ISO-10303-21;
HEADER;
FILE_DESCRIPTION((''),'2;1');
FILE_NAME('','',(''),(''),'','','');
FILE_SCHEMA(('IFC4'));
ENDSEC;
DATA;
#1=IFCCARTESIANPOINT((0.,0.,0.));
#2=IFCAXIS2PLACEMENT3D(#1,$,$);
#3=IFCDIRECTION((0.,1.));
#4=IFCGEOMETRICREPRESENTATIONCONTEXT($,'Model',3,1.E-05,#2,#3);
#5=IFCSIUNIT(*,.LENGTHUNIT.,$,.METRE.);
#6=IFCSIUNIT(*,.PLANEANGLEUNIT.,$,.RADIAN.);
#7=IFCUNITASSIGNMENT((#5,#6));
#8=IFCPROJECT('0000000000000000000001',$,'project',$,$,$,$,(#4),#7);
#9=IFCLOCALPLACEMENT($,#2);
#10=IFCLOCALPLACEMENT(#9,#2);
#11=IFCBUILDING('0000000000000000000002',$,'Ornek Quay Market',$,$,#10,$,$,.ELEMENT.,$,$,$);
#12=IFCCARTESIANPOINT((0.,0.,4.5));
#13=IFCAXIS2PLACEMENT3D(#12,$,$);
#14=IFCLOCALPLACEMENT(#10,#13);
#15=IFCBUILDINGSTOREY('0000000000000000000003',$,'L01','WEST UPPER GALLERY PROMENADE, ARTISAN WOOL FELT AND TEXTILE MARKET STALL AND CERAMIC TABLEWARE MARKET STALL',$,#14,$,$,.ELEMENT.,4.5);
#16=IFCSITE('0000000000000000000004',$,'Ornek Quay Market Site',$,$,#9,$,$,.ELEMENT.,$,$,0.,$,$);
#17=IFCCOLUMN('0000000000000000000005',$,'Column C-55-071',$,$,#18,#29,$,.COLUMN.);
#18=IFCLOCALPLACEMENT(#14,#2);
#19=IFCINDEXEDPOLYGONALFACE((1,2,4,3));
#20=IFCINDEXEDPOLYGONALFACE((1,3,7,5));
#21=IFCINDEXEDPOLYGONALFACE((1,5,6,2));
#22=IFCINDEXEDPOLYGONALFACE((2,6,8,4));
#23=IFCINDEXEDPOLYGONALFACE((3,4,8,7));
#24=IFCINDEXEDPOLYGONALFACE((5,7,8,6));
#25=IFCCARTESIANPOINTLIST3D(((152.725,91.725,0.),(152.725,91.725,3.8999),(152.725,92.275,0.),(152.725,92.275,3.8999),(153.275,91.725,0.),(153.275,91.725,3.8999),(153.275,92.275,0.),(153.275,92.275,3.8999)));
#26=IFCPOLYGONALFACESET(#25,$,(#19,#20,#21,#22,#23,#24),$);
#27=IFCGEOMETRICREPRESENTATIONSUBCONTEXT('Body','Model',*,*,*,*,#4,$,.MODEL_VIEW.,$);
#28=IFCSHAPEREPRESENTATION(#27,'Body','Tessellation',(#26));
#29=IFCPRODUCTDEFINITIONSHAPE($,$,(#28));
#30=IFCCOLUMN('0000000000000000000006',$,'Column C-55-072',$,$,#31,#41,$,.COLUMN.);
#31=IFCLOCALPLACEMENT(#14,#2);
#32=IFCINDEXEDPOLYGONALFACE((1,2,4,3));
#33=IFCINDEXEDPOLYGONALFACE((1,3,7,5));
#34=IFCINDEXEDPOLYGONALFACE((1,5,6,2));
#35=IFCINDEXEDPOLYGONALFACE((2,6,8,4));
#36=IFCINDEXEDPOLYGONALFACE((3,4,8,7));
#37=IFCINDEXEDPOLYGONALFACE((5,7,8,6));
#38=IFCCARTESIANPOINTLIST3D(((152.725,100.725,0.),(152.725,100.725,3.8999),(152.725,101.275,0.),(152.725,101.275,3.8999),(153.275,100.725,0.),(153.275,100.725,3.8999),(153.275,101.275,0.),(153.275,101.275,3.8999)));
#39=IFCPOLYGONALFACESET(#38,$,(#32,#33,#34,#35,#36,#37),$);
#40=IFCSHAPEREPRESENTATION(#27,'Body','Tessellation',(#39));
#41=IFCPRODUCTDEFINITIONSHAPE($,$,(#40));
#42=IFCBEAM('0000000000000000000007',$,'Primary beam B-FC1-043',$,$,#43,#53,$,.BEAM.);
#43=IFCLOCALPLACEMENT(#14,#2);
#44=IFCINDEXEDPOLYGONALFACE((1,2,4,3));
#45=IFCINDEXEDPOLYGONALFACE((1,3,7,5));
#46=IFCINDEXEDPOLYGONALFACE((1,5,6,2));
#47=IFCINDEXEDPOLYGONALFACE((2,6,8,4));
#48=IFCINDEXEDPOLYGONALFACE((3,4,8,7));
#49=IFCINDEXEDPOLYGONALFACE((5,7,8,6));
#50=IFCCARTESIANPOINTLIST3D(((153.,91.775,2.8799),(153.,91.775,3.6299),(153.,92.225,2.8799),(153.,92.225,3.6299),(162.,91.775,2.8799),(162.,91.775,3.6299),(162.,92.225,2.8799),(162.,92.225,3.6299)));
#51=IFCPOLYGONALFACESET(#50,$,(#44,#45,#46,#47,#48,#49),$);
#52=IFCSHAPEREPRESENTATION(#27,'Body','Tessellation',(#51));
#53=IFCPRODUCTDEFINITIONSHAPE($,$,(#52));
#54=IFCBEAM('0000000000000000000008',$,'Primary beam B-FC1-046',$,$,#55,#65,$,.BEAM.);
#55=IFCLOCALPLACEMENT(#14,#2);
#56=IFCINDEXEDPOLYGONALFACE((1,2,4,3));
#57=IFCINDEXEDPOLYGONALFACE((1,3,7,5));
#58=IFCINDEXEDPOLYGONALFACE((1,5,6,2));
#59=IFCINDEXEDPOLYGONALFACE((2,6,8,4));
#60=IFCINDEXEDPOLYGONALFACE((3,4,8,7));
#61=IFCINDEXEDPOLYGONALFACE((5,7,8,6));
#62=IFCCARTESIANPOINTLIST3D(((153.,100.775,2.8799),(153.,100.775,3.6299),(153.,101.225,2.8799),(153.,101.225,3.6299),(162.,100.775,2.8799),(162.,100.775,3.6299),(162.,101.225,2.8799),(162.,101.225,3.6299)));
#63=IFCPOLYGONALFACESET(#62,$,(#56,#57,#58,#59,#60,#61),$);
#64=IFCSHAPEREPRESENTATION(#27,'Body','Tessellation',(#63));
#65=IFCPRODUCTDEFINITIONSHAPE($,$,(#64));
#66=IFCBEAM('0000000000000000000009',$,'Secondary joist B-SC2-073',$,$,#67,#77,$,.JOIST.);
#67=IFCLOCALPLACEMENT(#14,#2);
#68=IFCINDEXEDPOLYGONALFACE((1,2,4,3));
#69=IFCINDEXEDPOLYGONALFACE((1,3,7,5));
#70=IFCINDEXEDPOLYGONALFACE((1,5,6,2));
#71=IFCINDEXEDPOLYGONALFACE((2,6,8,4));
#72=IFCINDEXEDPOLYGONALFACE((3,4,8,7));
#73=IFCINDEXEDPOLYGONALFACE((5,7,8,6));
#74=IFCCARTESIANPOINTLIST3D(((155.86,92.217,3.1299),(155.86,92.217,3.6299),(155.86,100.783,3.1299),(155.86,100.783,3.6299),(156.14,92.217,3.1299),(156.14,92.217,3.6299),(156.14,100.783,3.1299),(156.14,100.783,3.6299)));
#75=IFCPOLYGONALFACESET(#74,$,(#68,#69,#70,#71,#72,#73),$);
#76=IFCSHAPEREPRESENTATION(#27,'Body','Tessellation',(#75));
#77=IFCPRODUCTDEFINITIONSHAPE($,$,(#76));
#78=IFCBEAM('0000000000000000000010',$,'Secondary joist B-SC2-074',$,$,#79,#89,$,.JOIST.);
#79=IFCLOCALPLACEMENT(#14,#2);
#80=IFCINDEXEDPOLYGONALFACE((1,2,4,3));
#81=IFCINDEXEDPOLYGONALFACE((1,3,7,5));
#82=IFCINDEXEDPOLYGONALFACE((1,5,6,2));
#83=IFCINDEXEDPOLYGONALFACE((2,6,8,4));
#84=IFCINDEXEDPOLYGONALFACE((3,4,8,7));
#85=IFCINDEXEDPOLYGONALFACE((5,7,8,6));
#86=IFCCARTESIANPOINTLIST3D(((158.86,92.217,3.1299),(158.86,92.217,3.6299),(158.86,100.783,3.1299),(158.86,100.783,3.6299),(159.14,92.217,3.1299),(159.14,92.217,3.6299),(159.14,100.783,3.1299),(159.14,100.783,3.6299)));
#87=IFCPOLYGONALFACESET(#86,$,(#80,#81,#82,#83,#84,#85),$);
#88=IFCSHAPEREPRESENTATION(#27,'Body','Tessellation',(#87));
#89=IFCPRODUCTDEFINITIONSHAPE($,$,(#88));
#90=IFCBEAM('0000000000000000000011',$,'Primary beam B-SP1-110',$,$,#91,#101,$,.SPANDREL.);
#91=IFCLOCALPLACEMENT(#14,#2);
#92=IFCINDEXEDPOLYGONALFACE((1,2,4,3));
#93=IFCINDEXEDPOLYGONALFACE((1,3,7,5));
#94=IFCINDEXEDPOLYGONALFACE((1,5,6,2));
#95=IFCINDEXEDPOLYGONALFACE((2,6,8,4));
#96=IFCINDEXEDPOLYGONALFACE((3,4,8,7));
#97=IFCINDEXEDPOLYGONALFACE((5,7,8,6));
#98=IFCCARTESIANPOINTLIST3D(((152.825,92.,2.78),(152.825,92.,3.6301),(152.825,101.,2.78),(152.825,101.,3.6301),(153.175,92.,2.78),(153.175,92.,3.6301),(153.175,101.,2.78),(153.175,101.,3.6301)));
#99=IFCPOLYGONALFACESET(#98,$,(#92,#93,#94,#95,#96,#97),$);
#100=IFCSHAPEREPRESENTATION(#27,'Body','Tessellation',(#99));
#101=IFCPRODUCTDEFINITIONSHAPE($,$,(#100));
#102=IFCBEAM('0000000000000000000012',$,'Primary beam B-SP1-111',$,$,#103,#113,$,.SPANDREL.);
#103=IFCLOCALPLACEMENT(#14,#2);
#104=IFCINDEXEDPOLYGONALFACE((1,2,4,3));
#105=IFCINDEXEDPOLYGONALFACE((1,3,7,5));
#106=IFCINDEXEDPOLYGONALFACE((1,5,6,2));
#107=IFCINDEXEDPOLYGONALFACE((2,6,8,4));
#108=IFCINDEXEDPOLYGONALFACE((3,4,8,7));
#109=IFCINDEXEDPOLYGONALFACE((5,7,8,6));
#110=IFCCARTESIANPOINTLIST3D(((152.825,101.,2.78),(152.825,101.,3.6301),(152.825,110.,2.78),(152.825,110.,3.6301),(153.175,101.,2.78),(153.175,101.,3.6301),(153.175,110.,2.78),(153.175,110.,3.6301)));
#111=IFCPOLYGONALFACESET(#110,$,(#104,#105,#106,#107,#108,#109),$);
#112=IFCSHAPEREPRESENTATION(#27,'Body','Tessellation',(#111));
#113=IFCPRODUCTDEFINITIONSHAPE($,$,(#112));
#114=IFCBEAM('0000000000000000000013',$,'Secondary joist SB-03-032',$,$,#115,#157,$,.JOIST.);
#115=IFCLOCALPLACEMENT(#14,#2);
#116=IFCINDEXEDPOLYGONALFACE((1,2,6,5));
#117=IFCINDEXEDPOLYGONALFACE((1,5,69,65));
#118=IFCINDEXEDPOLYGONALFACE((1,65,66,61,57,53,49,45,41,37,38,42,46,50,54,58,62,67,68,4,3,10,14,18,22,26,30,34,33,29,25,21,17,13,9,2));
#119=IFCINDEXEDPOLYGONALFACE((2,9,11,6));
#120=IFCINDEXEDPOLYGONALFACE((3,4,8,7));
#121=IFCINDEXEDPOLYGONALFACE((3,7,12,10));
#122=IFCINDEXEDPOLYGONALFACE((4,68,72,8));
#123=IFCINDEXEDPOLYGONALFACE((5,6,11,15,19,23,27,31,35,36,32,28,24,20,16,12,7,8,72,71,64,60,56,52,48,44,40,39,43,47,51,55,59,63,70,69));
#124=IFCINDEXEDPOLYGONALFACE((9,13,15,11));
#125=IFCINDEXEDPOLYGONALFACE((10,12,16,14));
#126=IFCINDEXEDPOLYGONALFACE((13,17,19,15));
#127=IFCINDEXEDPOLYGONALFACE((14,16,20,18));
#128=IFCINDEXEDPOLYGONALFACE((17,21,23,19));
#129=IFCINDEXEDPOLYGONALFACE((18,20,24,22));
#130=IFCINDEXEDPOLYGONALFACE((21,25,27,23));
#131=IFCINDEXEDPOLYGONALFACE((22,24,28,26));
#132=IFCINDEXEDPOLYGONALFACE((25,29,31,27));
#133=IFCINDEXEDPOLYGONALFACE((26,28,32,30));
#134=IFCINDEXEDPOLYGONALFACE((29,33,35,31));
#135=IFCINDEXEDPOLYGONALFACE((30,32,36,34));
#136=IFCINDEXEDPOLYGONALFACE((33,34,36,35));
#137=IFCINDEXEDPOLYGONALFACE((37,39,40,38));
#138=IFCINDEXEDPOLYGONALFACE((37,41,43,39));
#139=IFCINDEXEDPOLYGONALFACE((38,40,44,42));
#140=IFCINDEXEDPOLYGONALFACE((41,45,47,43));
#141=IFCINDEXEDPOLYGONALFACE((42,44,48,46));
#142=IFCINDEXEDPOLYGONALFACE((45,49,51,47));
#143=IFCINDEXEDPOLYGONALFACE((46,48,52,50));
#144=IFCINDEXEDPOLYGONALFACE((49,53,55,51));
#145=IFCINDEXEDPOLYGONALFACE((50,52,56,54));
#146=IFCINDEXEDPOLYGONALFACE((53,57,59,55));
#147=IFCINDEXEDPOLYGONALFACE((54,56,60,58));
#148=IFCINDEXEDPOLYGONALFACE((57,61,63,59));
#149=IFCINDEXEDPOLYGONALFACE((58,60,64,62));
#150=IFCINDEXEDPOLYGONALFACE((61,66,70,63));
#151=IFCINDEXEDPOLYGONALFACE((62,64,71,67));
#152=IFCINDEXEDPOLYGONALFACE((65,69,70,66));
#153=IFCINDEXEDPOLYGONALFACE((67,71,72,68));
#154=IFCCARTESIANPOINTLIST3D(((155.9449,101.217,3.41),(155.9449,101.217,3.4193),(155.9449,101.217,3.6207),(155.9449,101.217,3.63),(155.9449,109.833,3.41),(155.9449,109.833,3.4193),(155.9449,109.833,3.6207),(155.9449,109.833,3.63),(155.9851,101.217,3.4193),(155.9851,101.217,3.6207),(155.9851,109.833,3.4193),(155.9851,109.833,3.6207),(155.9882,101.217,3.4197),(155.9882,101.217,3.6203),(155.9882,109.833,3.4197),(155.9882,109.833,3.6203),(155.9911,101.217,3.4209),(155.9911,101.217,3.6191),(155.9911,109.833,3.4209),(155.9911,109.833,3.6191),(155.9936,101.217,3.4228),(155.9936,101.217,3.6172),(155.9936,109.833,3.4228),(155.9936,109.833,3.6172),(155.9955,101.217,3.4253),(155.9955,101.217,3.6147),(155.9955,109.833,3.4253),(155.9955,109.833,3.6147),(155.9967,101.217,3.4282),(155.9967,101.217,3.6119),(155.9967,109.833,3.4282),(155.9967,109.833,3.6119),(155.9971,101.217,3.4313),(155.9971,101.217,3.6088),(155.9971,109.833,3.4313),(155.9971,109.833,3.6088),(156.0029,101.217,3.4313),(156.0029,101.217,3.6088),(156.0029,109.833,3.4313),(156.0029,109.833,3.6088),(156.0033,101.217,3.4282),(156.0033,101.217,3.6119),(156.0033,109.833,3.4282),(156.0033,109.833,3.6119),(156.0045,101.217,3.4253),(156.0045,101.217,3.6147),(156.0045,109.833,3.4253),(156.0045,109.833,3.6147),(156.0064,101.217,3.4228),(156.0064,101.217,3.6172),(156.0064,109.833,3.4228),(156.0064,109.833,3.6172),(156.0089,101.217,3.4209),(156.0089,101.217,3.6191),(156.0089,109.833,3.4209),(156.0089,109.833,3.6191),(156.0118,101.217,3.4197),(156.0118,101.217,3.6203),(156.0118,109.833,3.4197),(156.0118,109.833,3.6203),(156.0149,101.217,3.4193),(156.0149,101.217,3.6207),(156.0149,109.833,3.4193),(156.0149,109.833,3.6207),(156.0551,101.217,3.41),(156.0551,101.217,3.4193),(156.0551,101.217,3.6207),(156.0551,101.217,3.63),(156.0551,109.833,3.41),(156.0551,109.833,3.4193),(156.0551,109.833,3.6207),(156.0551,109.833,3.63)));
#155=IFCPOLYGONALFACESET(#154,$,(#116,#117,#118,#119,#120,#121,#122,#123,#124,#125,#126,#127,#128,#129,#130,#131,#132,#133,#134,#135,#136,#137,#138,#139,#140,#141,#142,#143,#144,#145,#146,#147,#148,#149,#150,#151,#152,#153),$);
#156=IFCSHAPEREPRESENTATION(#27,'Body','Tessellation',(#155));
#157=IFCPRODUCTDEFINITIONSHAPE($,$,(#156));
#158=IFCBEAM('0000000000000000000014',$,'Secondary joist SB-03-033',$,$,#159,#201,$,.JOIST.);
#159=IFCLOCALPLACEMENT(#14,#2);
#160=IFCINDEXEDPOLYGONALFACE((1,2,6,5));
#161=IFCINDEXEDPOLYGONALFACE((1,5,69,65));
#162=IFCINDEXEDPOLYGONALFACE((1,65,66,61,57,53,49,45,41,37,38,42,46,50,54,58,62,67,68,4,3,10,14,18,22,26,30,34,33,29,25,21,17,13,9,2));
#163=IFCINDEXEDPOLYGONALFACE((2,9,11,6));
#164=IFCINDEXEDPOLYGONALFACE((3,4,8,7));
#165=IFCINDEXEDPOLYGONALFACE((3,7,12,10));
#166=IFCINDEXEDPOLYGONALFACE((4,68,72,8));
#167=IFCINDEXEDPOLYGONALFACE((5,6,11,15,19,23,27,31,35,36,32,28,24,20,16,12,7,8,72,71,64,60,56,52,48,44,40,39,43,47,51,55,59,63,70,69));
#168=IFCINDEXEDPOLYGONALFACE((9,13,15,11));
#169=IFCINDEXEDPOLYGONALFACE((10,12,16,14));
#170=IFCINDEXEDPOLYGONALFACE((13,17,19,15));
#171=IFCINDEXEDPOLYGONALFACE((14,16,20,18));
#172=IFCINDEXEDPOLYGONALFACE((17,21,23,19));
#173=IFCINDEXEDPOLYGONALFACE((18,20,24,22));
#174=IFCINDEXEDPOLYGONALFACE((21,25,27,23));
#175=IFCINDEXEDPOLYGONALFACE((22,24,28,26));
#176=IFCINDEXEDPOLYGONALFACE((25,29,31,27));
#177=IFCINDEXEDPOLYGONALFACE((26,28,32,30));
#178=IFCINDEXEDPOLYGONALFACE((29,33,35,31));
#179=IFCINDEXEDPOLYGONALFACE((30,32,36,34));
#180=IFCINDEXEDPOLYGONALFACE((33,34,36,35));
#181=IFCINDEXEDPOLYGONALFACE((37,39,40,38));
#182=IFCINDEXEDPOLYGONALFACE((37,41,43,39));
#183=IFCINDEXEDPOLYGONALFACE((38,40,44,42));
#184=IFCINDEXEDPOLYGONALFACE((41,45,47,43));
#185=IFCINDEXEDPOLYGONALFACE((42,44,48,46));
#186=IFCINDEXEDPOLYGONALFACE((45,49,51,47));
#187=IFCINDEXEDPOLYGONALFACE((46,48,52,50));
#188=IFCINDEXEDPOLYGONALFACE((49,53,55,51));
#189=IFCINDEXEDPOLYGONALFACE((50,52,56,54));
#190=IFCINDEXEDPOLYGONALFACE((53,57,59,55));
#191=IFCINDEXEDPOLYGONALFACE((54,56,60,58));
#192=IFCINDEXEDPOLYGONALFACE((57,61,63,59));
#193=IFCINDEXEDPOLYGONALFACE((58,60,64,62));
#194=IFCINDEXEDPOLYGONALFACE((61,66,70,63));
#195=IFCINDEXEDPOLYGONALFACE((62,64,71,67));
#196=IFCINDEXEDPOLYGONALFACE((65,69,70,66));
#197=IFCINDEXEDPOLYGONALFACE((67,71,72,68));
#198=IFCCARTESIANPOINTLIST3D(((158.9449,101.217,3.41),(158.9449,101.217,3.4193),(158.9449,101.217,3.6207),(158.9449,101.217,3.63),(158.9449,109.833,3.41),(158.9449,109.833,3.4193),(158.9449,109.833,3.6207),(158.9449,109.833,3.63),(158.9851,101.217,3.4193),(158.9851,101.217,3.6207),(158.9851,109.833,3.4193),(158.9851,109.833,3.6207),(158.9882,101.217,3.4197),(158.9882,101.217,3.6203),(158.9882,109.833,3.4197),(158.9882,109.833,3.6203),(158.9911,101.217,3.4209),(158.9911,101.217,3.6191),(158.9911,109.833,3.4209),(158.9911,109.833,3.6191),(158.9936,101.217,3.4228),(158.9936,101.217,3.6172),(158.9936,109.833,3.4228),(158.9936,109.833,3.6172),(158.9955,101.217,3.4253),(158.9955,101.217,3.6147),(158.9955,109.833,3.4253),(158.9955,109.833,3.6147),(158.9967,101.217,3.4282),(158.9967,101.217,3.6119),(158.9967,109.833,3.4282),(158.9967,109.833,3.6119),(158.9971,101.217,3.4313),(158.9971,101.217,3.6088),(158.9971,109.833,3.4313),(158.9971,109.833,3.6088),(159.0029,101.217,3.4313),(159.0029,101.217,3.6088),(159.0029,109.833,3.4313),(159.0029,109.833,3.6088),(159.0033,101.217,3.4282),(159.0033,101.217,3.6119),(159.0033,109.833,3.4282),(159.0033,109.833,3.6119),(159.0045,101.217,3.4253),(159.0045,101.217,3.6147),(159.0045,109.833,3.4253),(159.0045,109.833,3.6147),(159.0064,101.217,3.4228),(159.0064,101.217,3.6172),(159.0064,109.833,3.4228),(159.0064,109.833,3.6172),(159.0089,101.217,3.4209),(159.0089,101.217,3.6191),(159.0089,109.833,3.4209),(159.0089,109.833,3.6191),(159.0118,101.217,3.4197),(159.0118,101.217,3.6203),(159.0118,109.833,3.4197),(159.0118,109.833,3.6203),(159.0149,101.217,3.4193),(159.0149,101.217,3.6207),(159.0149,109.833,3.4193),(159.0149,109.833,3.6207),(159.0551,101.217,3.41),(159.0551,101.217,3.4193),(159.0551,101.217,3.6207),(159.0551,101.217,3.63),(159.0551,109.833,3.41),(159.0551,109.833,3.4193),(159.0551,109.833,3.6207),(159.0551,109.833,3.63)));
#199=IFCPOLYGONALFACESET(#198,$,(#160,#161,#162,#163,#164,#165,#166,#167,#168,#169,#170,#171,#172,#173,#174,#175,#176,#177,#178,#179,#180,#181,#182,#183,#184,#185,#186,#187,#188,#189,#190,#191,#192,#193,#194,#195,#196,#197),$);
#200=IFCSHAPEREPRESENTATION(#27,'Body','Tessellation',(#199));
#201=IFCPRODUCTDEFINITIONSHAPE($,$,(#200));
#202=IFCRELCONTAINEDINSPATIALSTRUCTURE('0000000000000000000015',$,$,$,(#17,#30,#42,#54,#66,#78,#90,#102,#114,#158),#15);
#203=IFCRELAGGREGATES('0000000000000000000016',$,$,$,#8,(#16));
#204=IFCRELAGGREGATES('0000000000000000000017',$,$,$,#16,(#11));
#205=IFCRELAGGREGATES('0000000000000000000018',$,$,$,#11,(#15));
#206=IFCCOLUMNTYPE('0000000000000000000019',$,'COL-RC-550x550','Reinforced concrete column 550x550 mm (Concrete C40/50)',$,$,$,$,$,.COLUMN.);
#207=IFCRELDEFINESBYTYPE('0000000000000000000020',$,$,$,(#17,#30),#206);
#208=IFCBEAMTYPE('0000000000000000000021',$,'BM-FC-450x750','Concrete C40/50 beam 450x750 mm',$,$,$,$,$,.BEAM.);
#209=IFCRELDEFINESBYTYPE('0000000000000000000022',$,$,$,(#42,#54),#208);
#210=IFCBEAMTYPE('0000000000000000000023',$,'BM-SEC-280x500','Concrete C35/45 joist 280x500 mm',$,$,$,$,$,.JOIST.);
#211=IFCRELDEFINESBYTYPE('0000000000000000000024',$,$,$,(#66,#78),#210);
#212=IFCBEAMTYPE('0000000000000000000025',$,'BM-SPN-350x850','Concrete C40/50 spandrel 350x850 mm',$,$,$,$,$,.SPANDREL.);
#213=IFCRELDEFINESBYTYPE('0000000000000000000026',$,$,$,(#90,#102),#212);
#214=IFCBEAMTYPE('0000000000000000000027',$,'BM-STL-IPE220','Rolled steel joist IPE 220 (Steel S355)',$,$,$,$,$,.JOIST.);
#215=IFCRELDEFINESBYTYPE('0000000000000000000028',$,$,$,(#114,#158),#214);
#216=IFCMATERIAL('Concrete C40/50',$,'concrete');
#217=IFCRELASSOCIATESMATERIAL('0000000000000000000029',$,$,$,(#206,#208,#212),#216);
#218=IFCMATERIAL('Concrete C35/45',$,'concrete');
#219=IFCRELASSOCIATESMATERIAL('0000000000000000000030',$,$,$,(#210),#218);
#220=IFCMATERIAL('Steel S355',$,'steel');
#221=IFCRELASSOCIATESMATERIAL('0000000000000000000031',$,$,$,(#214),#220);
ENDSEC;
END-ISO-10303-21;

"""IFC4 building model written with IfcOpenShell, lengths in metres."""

from ifc_helpers import new_model, si_unit, direction, frame, origin, origin_2d, place, context, subcontext, project, spatial, rectangle, i_section, extrude, material, material_profile, profile_set, type_object, element, save


model = new_model("IFC4")

# Units and contexts
model_context = context("Model", 3, precision=1e-05, world=origin(), true_north=direction((0.0, 1.0)))
body_context = subcontext(model_context, "Body", "Model", "MODEL_VIEW")
ifc_project = project(units=[si_unit("LENGTHUNIT", "METRE"), si_unit("PLANEANGLEUNIT", "RADIAN")], contexts=[model_context])

# Site, building, storey
site_placement = place(None, origin())
site = spatial("IfcSite", under=ifc_project, at=site_placement, Name="Ornek Quay Market Site", CompositionType="ELEMENT", RefElevation=0.0)
building_placement = place(site_placement, origin())
building = spatial("IfcBuilding", under=site, at=building_placement, Name="Ornek Quay Market", CompositionType="ELEMENT")
storey_placement = place(building_placement, frame((0.0, 0.0, 4.5)))
storey = spatial("IfcBuildingStorey", under=building, at=storey_placement, Name="L01", Description="WEST UPPER GALLERY PROMENADE, ARTISAN WOOL FELT AND TEXTILE MARKET STALL AND CERAMIC TABLEWARE MARKET STALL", CompositionType="ELEMENT", Elevation=4.5)

# Columns
ifc_material_1 = material(Name="Concrete C40/50", Category="concrete")
ifc_material_profile_1 = material_profile(ifc_material_1, rectangle(XDim=0.55, YDim=0.55, at=origin_2d()), Name="RC 550x550", Category="concrete")
ifc_profile_set_1 = profile_set([ifc_material_profile_1], Name="Concrete C40/50")
column_type = type_object("IfcColumnType", Name="COL-RC-550x550", Description="Reinforced concrete column 550x550 mm (Concrete C40/50)", PredefinedType="COLUMN", material=ifc_profile_set_1)
for number, where, z_axis, x_axis, name in (
    (1, (153.0, 92.0, 0.0), (0.0, 0.0, 1.0), (1.0, 0.0, 0.0), "Column C-55-071"),
    (2, (153.0, 101.0, 0.0), (0.0, 0.0, 1.0), (1.0, 0.0, 0.0), "Column C-55-072"),
):
    element("IfcColumn", number, at=place(storey_placement, frame(where, z_axis=z_axis, x_axis=x_axis)), inside=storey, type_object=column_type, Name=name, PredefinedType="COLUMN", context=body_context, shape_type="SweptSolid", body=[
        extrude(rectangle(XDim=0.55, YDim=0.55, at=origin_2d()), origin(), (0.0, 0.0, 1.0), 3.8999),
    ])

# Beams
ifc_material_profile_2 = material_profile(ifc_material_1, rectangle(XDim=0.45, YDim=0.75, at=origin_2d()), Name="RC 450x750", Category="concrete")
ifc_profile_set_2 = profile_set([ifc_material_profile_2], Name="Concrete C40/50")
beam_type_1 = type_object("IfcBeamType", Name="BM-FC-450x750", Description="Concrete C40/50 beam 450x750 mm", PredefinedType="BEAM", material=ifc_profile_set_2)
for number, where, z_axis, x_axis, name in (
    (3, (153.0, 92.0, 3.2549), (1.0, 0.0, 0.0), (0.0, 1.0, 0.0), "Primary beam B-FC1-043"),
    (4, (153.0, 101.0, 3.2549), (1.0, 0.0, 0.0), (0.0, 1.0, 0.0), "Primary beam B-FC1-046"),
):
    element("IfcBeam", number, at=place(storey_placement, frame(where, z_axis=z_axis, x_axis=x_axis)), inside=storey, type_object=beam_type_1, Name=name, PredefinedType="BEAM", context=body_context, shape_type="SweptSolid", body=[
        extrude(rectangle(XDim=0.45, YDim=0.75, at=origin_2d()), origin(), (0.0, 0.0, 1.0), 9.0),
    ])
ifc_material_2 = material(Name="Concrete C35/45", Category="concrete")
ifc_material_profile_3 = material_profile(ifc_material_2, rectangle(XDim=0.28, YDim=0.5, at=origin_2d()), Name="RC 280x500", Category="concrete")
ifc_profile_set_3 = profile_set([ifc_material_profile_3], Name="Concrete C35/45")
beam_type_2 = type_object("IfcBeamType", Name="BM-SEC-280x500", Description="Concrete C35/45 joist 280x500 mm", PredefinedType="JOIST", material=ifc_profile_set_3)
for number, where, z_axis, x_axis, name in (
    (5, (156.0, 92.217, 3.3799), (0.0, 1.0, 0.0), (-1.0, 0.0, 0.0), "Secondary joist B-SC2-073"),
    (6, (159.0, 92.217, 3.3799), (0.0, 1.0, 0.0), (-1.0, 0.0, 0.0), "Secondary joist B-SC2-074"),
):
    element("IfcBeam", number, at=place(storey_placement, frame(where, z_axis=z_axis, x_axis=x_axis)), inside=storey, type_object=beam_type_2, Name=name, PredefinedType="JOIST", context=body_context, shape_type="SweptSolid", body=[
        extrude(rectangle(XDim=0.28, YDim=0.5, at=origin_2d()), origin(), (0.0, 0.0, 1.0), 8.5659),
    ])
ifc_material_profile_4 = material_profile(ifc_material_1, rectangle(XDim=0.3501, YDim=0.8501, at=origin_2d()), Name="RC 350x850", Category="concrete")
ifc_profile_set_4 = profile_set([ifc_material_profile_4], Name="Concrete C40/50")
beam_type_3 = type_object("IfcBeamType", Name="BM-SPN-350x850", Description="Concrete C40/50 spandrel 350x850 mm", PredefinedType="SPANDREL", material=ifc_profile_set_4)
for number, where, z_axis, x_axis, name in (
    (7, (153.0, 92.0, 3.2051), (0.0, 1.0, 0.0), (-1.0, 0.0, 0.0), "Primary beam B-SP1-110"),
    (8, (153.0, 101.0, 3.2051), (0.0, 1.0, 0.0), (-1.0, 0.0, 0.0), "Primary beam B-SP1-111"),
):
    element("IfcBeam", number, at=place(storey_placement, frame(where, z_axis=z_axis, x_axis=x_axis)), inside=storey, type_object=beam_type_3, Name=name, PredefinedType="SPANDREL", context=body_context, shape_type="SweptSolid", body=[
        extrude(rectangle(XDim=0.3501, YDim=0.8501, at=origin_2d()), origin(), (0.0, 0.0, 1.0), 9.0),
    ])
ifc_material_3 = material(Name="Steel S355", Category="steel")
ifc_material_profile_5 = material_profile(ifc_material_3, i_section(OverallWidth=0.1101, OverallDepth=0.22, WebThickness=0.0059, FlangeThickness=0.0093, FilletRadius=0.012, at=origin_2d()), Name="IPE 220", Category="steel")
ifc_profile_set_5 = profile_set([ifc_material_profile_5], Name="Steel S355")
beam_type_4 = type_object("IfcBeamType", Name="BM-STL-IPE220", Description="Rolled steel joist IPE 220 (Steel S355)", PredefinedType="JOIST", material=ifc_profile_set_5)
for number, where, z_axis, x_axis, name in (
    (9, (156.0, 101.217, 3.52), (0.0, 1.0, 0.0), (-1.0, 0.0, 0.0), "Secondary joist SB-03-032"),
    (10, (159.0, 101.217, 3.52), (0.0, 1.0, 0.0), (-1.0, 0.0, 0.0), "Secondary joist SB-03-033"),
):
    element("IfcBeam", number, at=place(storey_placement, frame(where, z_axis=z_axis, x_axis=x_axis)), inside=storey, type_object=beam_type_4, Name=name, PredefinedType="JOIST", context=body_context, shape_type="SweptSolid", body=[
        extrude(i_section(OverallWidth=0.1101, OverallDepth=0.22, WebThickness=0.0059, FlangeThickness=0.0093, FilletRadius=0.012, at=origin_2d()), origin(), (0.0, 0.0, 1.0), 8.616),
    ])

save(model, "model.ifc")
